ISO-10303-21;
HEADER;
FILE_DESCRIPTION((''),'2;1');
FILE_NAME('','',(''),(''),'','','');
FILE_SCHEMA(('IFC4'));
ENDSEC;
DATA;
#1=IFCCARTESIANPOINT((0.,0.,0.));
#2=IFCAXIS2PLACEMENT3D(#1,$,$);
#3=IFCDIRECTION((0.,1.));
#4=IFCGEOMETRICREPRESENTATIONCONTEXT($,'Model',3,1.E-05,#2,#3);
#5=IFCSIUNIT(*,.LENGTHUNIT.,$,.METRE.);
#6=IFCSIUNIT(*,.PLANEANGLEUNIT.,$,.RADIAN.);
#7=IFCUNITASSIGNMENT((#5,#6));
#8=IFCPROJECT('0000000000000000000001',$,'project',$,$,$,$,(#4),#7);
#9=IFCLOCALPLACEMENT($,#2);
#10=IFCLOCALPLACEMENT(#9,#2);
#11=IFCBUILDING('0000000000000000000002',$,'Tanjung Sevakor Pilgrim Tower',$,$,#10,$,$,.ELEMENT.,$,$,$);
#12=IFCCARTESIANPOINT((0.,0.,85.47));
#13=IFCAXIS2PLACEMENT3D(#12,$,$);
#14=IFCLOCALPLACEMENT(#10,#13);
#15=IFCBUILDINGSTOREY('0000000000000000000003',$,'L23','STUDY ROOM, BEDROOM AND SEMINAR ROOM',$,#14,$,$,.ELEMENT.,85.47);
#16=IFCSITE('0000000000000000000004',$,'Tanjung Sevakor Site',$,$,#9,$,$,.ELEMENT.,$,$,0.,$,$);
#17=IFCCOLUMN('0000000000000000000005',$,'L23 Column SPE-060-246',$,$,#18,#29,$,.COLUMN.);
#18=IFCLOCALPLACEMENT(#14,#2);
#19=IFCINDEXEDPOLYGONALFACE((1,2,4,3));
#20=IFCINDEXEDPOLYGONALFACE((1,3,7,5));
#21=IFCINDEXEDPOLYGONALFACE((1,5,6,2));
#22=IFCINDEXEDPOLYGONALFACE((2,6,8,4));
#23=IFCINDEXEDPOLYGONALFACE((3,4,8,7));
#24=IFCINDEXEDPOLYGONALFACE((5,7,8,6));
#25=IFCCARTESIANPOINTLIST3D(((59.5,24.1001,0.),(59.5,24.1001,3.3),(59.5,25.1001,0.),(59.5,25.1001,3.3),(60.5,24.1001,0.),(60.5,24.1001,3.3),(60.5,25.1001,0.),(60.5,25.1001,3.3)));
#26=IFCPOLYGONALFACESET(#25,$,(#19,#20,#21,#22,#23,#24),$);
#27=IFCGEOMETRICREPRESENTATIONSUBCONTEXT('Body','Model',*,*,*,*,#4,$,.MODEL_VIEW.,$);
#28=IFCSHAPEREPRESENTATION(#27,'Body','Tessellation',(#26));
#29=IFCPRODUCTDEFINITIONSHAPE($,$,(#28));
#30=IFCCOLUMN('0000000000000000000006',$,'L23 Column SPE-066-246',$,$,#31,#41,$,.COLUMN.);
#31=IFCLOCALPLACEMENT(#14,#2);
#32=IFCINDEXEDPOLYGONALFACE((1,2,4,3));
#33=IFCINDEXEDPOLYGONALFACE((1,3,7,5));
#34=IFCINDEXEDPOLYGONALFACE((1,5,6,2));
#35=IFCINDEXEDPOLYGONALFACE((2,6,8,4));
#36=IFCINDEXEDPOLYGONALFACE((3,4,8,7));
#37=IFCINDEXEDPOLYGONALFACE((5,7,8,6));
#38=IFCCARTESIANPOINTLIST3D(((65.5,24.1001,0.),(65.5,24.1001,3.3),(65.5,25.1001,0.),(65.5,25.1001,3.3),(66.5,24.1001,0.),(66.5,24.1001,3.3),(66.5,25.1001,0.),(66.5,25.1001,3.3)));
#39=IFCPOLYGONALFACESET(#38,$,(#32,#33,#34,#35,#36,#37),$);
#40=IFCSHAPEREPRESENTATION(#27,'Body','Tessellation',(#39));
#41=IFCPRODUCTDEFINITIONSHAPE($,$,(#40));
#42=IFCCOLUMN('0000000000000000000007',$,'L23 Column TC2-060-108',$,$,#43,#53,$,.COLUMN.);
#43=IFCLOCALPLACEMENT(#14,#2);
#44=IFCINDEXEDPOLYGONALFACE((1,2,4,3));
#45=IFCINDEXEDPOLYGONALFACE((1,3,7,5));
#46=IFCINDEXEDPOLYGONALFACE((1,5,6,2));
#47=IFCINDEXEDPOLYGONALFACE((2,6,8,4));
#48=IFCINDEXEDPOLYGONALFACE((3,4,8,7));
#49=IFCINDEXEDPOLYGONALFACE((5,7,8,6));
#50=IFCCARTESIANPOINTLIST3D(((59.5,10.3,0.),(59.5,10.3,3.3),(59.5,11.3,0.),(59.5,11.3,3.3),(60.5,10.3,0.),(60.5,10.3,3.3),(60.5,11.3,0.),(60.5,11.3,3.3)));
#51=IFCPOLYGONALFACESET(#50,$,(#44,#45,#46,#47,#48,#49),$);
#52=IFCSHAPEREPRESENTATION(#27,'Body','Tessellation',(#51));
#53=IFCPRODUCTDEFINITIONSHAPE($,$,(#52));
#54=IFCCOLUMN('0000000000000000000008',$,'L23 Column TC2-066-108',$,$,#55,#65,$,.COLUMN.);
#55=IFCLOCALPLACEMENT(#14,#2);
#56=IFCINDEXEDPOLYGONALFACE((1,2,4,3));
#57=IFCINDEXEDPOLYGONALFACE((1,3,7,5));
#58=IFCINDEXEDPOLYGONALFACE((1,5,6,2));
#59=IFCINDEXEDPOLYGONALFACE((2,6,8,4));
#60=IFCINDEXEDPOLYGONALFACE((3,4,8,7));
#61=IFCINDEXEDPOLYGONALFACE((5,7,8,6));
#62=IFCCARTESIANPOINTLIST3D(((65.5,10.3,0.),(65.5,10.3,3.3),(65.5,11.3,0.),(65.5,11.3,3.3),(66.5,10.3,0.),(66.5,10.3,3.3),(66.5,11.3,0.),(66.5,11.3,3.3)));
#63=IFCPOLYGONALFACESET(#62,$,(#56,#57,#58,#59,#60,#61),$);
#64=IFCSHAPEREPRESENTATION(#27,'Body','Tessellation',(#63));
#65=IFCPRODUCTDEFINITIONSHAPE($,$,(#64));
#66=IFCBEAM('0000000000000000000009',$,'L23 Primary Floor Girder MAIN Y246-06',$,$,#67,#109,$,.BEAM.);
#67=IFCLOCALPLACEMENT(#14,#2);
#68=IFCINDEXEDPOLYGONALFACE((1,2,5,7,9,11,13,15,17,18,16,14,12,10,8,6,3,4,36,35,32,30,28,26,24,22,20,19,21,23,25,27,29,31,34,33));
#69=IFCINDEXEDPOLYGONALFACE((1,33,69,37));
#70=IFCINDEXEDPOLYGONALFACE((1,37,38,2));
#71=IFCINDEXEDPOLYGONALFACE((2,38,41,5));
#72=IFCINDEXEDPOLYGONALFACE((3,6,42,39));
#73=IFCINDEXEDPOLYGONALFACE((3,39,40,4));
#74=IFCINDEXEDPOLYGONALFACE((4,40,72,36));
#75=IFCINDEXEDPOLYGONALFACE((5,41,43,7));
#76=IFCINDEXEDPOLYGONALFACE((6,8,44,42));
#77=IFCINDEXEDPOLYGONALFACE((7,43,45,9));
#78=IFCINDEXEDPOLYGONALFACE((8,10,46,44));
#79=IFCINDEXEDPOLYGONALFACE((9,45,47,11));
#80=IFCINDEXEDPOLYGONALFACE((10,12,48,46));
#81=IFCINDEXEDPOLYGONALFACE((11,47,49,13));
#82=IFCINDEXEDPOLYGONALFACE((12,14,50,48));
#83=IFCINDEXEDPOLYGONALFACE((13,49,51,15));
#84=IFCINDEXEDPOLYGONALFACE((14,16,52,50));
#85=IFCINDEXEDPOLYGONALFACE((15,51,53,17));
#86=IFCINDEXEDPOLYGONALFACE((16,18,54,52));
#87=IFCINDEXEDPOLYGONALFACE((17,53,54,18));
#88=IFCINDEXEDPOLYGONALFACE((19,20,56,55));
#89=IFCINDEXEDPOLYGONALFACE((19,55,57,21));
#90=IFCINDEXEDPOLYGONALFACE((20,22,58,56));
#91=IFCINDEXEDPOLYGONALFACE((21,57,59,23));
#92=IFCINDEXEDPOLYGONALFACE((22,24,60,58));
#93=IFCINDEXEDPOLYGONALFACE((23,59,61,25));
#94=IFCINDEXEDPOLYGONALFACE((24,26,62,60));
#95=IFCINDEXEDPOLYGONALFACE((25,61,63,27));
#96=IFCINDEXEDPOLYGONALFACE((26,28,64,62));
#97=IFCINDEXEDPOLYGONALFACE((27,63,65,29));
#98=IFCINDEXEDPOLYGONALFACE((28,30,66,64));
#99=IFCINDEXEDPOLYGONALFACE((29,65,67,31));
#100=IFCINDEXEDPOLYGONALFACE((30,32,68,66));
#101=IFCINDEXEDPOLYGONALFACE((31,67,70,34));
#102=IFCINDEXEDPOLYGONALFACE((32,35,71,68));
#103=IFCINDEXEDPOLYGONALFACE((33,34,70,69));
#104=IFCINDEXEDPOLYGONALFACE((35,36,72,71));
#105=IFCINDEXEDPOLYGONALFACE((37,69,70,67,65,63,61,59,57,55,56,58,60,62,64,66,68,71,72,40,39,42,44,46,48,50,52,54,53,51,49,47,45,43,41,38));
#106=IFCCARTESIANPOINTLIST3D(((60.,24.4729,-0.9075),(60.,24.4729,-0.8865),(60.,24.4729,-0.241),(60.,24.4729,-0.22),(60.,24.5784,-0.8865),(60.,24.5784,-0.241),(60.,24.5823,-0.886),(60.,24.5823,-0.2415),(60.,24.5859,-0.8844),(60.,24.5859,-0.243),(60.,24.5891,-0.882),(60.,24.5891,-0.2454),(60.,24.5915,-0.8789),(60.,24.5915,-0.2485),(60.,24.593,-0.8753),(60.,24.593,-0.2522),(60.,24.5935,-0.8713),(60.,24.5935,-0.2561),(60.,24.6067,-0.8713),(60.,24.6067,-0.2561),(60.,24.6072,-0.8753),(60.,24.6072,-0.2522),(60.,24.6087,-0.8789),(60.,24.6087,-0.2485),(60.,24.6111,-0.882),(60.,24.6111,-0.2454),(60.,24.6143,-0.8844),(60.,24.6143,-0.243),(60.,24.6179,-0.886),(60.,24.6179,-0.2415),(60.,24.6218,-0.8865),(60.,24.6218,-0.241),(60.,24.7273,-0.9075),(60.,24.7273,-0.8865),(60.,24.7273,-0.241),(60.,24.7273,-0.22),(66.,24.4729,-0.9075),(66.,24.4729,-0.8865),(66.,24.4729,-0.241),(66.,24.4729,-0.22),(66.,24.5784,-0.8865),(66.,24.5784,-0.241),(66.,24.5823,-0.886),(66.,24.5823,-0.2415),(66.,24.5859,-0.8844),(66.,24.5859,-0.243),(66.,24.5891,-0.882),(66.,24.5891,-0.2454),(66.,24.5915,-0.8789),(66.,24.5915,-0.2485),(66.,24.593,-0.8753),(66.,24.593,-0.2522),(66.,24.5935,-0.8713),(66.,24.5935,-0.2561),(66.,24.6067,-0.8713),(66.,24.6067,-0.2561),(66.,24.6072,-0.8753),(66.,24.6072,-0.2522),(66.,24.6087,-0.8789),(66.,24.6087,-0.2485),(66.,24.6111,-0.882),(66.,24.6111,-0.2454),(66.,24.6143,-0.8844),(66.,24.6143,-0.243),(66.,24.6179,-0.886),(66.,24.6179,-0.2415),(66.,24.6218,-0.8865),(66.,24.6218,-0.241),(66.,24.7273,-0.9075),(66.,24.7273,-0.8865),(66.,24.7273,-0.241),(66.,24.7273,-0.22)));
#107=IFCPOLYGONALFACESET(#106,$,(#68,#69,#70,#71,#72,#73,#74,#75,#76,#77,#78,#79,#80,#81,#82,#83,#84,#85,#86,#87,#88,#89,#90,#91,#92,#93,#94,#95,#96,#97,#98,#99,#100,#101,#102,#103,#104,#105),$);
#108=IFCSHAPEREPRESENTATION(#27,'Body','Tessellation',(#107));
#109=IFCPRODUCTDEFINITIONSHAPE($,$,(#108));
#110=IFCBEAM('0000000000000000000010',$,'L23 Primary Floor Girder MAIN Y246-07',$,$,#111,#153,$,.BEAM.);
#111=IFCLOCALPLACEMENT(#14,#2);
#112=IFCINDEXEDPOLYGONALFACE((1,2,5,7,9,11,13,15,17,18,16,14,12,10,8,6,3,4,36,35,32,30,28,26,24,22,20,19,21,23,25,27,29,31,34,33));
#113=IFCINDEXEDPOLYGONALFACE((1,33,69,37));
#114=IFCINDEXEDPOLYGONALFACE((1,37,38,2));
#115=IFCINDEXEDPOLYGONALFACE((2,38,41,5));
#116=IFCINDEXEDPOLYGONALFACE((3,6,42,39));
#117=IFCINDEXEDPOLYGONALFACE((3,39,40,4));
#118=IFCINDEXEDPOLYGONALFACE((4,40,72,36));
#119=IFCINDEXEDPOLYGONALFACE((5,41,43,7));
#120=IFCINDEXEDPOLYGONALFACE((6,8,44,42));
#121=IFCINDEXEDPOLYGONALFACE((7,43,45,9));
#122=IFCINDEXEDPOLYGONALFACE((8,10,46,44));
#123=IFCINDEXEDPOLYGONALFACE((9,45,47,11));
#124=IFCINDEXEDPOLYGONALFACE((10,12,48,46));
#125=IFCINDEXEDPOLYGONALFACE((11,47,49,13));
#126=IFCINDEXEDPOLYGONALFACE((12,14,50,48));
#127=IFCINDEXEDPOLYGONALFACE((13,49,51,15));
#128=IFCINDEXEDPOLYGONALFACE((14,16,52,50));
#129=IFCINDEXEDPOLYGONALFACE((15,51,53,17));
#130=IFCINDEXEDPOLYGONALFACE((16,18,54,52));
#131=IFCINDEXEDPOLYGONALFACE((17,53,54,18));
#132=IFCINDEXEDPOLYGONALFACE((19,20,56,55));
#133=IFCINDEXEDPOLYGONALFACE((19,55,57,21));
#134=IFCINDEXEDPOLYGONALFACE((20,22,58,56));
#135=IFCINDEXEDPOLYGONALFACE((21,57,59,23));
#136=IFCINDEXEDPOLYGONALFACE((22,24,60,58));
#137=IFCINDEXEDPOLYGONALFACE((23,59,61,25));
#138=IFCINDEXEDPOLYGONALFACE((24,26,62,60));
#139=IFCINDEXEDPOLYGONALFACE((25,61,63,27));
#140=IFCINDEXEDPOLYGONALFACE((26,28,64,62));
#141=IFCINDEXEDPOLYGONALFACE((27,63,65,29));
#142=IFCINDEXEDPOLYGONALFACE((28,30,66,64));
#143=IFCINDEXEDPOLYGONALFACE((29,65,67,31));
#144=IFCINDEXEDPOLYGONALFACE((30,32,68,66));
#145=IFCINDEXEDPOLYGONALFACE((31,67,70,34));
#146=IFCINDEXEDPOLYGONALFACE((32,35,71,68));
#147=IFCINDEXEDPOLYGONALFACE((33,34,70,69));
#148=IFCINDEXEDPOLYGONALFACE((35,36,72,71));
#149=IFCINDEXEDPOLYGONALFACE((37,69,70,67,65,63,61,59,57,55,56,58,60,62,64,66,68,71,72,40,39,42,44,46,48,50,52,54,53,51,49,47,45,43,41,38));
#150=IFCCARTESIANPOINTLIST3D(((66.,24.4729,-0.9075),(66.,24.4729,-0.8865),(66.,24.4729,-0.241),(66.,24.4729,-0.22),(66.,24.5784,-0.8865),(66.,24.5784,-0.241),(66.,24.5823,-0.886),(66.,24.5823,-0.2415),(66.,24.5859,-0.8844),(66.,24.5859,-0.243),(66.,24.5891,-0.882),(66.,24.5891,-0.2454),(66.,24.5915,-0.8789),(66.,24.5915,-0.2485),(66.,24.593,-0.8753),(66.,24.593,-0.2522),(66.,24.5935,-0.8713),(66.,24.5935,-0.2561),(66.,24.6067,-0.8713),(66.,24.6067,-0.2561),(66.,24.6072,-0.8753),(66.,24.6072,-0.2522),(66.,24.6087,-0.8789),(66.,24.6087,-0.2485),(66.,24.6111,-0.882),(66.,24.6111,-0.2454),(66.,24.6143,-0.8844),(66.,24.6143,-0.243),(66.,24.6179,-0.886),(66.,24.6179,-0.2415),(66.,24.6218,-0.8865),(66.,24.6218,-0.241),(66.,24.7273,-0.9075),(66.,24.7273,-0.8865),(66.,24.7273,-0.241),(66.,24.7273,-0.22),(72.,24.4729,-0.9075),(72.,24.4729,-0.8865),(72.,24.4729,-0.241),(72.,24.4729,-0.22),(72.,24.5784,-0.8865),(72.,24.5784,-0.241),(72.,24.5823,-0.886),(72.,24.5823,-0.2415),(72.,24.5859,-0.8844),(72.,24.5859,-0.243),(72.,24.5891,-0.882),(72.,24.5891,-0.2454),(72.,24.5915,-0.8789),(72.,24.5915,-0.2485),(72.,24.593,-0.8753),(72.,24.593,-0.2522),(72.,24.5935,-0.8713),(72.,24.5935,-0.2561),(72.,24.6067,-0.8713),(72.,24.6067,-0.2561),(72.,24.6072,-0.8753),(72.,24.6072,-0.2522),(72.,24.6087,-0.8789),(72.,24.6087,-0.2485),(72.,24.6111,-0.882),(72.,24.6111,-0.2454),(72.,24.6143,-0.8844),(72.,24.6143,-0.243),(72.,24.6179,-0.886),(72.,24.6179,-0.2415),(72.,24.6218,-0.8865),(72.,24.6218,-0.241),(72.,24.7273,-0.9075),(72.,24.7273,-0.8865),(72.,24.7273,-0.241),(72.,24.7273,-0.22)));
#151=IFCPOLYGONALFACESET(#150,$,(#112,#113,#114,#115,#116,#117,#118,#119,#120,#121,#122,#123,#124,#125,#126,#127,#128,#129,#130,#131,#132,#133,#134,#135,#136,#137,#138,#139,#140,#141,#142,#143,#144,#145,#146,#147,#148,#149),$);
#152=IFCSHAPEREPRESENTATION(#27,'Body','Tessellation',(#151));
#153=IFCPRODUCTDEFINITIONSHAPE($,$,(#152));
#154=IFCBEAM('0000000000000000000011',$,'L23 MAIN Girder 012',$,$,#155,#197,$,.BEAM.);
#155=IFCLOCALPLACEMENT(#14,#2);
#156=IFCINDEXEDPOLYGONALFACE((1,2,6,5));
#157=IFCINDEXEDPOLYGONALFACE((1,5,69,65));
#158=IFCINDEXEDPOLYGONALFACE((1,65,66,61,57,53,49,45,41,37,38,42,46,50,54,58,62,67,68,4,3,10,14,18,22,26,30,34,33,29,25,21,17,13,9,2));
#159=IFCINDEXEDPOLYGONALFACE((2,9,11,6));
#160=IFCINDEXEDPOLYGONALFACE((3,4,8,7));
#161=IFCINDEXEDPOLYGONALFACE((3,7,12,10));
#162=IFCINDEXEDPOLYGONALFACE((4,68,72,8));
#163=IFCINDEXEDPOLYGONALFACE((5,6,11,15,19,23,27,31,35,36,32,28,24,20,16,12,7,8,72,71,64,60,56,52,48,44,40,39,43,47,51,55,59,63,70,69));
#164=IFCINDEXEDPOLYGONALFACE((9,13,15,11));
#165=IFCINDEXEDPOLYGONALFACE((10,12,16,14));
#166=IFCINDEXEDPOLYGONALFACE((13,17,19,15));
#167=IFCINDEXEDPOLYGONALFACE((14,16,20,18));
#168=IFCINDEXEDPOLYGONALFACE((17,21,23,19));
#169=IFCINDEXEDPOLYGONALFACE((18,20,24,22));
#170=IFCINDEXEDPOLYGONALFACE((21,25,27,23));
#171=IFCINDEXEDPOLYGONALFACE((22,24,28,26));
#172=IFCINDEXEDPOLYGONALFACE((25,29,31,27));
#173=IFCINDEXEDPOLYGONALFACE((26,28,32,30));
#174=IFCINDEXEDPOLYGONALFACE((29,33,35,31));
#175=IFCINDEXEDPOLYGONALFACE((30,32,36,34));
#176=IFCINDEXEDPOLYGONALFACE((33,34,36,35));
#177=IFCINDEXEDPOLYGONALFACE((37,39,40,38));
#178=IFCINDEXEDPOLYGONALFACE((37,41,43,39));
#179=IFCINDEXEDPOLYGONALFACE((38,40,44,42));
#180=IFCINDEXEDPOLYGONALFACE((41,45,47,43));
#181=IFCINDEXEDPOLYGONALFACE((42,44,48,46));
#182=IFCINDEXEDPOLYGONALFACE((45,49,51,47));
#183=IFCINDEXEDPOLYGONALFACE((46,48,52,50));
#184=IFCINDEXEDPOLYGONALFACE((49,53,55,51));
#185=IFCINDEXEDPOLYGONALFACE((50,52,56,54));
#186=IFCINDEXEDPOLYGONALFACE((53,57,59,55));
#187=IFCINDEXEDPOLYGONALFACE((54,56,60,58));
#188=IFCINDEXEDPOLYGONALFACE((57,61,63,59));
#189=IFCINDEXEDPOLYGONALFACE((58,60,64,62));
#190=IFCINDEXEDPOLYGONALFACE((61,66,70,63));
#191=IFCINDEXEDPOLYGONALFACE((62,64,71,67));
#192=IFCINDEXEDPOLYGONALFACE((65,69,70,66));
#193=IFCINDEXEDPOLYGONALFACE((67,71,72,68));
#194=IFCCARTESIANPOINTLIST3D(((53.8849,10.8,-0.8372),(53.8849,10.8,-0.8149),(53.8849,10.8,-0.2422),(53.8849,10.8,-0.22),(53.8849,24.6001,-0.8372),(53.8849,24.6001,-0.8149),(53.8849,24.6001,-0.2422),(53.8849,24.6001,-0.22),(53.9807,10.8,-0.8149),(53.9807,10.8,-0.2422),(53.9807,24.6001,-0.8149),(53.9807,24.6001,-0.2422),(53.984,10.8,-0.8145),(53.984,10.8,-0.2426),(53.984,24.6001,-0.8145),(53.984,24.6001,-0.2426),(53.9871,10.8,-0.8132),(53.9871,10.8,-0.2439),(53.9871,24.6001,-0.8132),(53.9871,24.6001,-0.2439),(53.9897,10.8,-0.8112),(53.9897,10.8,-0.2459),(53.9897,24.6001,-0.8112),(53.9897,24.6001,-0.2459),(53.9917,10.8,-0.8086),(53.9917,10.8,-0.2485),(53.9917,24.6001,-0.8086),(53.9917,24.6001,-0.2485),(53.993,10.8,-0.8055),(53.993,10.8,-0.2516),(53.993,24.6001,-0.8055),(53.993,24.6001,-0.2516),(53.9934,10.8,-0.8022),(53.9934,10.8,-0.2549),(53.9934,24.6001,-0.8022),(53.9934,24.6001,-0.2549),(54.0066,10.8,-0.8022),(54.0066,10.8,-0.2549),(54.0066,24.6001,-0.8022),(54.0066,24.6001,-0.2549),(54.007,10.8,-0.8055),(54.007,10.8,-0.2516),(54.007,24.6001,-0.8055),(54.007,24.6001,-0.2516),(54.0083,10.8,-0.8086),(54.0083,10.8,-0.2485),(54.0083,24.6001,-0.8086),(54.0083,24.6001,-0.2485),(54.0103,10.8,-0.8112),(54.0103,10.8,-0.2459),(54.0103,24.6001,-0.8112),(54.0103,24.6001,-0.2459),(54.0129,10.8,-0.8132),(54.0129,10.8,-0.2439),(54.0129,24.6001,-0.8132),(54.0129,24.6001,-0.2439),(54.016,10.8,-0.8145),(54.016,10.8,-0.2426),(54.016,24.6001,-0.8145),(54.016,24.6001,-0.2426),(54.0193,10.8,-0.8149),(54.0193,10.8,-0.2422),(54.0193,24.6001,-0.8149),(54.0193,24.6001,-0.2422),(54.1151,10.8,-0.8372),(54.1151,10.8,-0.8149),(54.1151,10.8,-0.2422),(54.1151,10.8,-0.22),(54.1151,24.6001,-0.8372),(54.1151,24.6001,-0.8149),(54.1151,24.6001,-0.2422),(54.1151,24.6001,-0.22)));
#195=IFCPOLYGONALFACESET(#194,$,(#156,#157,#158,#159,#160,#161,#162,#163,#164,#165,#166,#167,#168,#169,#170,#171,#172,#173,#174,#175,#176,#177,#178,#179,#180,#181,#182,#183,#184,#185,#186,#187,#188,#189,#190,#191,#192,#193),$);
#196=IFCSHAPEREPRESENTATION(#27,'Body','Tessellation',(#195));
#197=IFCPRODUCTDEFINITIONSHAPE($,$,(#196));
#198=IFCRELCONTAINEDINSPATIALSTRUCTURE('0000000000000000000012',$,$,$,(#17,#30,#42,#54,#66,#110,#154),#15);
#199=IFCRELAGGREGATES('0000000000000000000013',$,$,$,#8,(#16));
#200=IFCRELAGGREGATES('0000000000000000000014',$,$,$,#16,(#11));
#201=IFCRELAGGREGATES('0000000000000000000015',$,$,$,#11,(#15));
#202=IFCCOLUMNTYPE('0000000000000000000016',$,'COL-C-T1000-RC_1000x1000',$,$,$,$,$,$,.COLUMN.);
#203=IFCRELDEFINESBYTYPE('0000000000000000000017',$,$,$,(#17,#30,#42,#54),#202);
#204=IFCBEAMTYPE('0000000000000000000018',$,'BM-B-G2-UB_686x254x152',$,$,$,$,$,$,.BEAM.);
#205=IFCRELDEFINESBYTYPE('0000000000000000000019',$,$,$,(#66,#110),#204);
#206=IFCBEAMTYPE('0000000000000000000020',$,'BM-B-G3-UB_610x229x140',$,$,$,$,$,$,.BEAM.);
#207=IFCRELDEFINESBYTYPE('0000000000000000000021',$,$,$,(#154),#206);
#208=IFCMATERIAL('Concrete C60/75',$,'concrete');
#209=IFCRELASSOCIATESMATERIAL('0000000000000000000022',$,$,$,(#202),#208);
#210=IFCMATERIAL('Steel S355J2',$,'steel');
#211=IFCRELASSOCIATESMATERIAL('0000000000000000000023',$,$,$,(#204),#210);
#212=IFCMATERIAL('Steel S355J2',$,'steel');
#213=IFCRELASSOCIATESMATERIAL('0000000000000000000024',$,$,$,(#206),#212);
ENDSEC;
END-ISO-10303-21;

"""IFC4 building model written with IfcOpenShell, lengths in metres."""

from ifc_helpers import new_model, si_unit, direction, frame, origin, origin_2d, place, context, subcontext, project, spatial, rectangle, i_section, extrude, material, material_profile, profile_set, type_object, element, save


model = new_model("IFC4")

# Units and contexts
model_context = context("Model", 3, precision=1e-05, world=origin(), true_north=direction((0.0, 1.0)))
body_context = subcontext(model_context, "Body", "Model", "MODEL_VIEW")
ifc_project = project(units=[si_unit("LENGTHUNIT", "METRE"), si_unit("PLANEANGLEUNIT", "RADIAN")], contexts=[model_context])

# Site, building, storey
site_placement = place(None, origin())
site = spatial("IfcSite", under=ifc_project, at=site_placement, Name="Tanjung Sevakor Site", CompositionType="ELEMENT", RefElevation=0.0)
building_placement = place(site_placement, origin())
building = spatial("IfcBuilding", under=site, at=building_placement, Name="Tanjung Sevakor Pilgrim Tower", CompositionType="ELEMENT")
storey_placement = place(building_placement, frame((0.0, 0.0, 85.47)))
storey = spatial("IfcBuildingStorey", under=building, at=storey_placement, Name="L23", Description="STUDY ROOM, BEDROOM AND SEMINAR ROOM", CompositionType="ELEMENT", Elevation=85.47)

# Columns
ifc_material_1 = material(Name="Concrete C60/75", Category="concrete")
ifc_material_profile_1 = material_profile(ifc_material_1, rectangle(XDim=1.0, YDim=1.0, at=origin_2d()))
ifc_profile_set_1 = profile_set([ifc_material_profile_1], Name="Concrete C60/75")
column_type = type_object("IfcColumnType", Name="COL-C-T1000-RC_1000x1000", PredefinedType="COLUMN", material=ifc_profile_set_1)
for number, where, z_axis, x_axis, name in (
    (1, (60.0, 24.6001, 0.0), (0.0, 0.0, 1.0), (1.0, 0.0, 0.0), "L23 Column SPE-060-246"),
    (2, (66.0, 24.6001, 0.0), (0.0, 0.0, 1.0), (1.0, 0.0, 0.0), "L23 Column SPE-066-246"),
    (3, (60.0, 10.8, 0.0), (0.0, 0.0, 1.0), (1.0, 0.0, 0.0), "L23 Column TC2-060-108"),
    (4, (66.0, 10.8, 0.0), (0.0, 0.0, 1.0), (1.0, 0.0, 0.0), "L23 Column TC2-066-108"),
):
    element("IfcColumn", number, at=place(storey_placement, frame(where, z_axis=z_axis, x_axis=x_axis)), inside=storey, type_object=column_type, Name=name, PredefinedType="COLUMN", context=body_context, shape_type="SweptSolid", body=[
        extrude(rectangle(XDim=1.0, YDim=1.0, at=origin_2d()), origin(), (0.0, 0.0, 1.0), 3.3),
    ])

# Beams
ifc_material_2 = material(Name="Steel S355J2", Category="steel")
ifc_material_profile_2 = material_profile(ifc_material_2, i_section(OverallWidth=0.2544, OverallDepth=0.6875, WebThickness=0.0132, FlangeThickness=0.021, FilletRadius=0.0151, at=origin_2d()))
ifc_profile_set_2 = profile_set([ifc_material_profile_2], Name="Steel S355J2")
beam_type_1 = type_object("IfcBeamType", Name="BM-B-G2-UB_686x254x152", PredefinedType="BEAM", material=ifc_profile_set_2)
for number, where, z_axis, x_axis, name in (
    (5, (60.0, 24.6001, -0.5637), (1.0, 0.0, 0.0), (0.0, 1.0, 0.0), "L23 Primary Floor Girder MAIN Y246-06"),
    (6, (66.0, 24.6001, -0.5637), (1.0, 0.0, 0.0), (0.0, 1.0, 0.0), "L23 Primary Floor Girder MAIN Y246-07"),
):
    element("IfcBeam", number, at=place(storey_placement, frame(where, z_axis=z_axis, x_axis=x_axis)), inside=storey, type_object=beam_type_1, Name=name, PredefinedType="BEAM", context=body_context, shape_type="SweptSolid", body=[
        extrude(i_section(OverallWidth=0.2544, OverallDepth=0.6875, WebThickness=0.0132, FlangeThickness=0.021, FilletRadius=0.0151, at=origin_2d()), origin(), (0.0, 0.0, 1.0), 6.0),
    ])
ifc_material_3 = material(Name="Steel S355J2", Category="steel")
ifc_material_profile_3 = material_profile(ifc_material_3, i_section(OverallWidth=0.2302, OverallDepth=0.6172, WebThickness=0.0132, FlangeThickness=0.0222, FilletRadius=0.0127, at=origin_2d()))
ifc_profile_set_3 = profile_set([ifc_material_profile_3], Name="Steel S355J2")
beam_type_2 = type_object("IfcBeamType", Name="BM-B-G3-UB_610x229x140", PredefinedType="BEAM", material=ifc_profile_set_3)
for number, where, z_axis, x_axis, name in (
    (7, (54.0, 10.8, -0.5286), (0.0, 1.0, 0.0), (-1.0, 0.0, 0.0), "L23 MAIN Girder 012"),
):
    element("IfcBeam", number, at=place(storey_placement, frame(where, z_axis=z_axis, x_axis=x_axis)), inside=storey, type_object=beam_type_2, Name=name, PredefinedType="BEAM", context=body_context, shape_type="SweptSolid", body=[
        extrude(i_section(OverallWidth=0.2302, OverallDepth=0.6172, WebThickness=0.0132, FlangeThickness=0.0222, FilletRadius=0.0127, at=origin_2d()), origin(), (0.0, 0.0, 1.0), 13.8),
    ])

save(model, "model.ifc")
